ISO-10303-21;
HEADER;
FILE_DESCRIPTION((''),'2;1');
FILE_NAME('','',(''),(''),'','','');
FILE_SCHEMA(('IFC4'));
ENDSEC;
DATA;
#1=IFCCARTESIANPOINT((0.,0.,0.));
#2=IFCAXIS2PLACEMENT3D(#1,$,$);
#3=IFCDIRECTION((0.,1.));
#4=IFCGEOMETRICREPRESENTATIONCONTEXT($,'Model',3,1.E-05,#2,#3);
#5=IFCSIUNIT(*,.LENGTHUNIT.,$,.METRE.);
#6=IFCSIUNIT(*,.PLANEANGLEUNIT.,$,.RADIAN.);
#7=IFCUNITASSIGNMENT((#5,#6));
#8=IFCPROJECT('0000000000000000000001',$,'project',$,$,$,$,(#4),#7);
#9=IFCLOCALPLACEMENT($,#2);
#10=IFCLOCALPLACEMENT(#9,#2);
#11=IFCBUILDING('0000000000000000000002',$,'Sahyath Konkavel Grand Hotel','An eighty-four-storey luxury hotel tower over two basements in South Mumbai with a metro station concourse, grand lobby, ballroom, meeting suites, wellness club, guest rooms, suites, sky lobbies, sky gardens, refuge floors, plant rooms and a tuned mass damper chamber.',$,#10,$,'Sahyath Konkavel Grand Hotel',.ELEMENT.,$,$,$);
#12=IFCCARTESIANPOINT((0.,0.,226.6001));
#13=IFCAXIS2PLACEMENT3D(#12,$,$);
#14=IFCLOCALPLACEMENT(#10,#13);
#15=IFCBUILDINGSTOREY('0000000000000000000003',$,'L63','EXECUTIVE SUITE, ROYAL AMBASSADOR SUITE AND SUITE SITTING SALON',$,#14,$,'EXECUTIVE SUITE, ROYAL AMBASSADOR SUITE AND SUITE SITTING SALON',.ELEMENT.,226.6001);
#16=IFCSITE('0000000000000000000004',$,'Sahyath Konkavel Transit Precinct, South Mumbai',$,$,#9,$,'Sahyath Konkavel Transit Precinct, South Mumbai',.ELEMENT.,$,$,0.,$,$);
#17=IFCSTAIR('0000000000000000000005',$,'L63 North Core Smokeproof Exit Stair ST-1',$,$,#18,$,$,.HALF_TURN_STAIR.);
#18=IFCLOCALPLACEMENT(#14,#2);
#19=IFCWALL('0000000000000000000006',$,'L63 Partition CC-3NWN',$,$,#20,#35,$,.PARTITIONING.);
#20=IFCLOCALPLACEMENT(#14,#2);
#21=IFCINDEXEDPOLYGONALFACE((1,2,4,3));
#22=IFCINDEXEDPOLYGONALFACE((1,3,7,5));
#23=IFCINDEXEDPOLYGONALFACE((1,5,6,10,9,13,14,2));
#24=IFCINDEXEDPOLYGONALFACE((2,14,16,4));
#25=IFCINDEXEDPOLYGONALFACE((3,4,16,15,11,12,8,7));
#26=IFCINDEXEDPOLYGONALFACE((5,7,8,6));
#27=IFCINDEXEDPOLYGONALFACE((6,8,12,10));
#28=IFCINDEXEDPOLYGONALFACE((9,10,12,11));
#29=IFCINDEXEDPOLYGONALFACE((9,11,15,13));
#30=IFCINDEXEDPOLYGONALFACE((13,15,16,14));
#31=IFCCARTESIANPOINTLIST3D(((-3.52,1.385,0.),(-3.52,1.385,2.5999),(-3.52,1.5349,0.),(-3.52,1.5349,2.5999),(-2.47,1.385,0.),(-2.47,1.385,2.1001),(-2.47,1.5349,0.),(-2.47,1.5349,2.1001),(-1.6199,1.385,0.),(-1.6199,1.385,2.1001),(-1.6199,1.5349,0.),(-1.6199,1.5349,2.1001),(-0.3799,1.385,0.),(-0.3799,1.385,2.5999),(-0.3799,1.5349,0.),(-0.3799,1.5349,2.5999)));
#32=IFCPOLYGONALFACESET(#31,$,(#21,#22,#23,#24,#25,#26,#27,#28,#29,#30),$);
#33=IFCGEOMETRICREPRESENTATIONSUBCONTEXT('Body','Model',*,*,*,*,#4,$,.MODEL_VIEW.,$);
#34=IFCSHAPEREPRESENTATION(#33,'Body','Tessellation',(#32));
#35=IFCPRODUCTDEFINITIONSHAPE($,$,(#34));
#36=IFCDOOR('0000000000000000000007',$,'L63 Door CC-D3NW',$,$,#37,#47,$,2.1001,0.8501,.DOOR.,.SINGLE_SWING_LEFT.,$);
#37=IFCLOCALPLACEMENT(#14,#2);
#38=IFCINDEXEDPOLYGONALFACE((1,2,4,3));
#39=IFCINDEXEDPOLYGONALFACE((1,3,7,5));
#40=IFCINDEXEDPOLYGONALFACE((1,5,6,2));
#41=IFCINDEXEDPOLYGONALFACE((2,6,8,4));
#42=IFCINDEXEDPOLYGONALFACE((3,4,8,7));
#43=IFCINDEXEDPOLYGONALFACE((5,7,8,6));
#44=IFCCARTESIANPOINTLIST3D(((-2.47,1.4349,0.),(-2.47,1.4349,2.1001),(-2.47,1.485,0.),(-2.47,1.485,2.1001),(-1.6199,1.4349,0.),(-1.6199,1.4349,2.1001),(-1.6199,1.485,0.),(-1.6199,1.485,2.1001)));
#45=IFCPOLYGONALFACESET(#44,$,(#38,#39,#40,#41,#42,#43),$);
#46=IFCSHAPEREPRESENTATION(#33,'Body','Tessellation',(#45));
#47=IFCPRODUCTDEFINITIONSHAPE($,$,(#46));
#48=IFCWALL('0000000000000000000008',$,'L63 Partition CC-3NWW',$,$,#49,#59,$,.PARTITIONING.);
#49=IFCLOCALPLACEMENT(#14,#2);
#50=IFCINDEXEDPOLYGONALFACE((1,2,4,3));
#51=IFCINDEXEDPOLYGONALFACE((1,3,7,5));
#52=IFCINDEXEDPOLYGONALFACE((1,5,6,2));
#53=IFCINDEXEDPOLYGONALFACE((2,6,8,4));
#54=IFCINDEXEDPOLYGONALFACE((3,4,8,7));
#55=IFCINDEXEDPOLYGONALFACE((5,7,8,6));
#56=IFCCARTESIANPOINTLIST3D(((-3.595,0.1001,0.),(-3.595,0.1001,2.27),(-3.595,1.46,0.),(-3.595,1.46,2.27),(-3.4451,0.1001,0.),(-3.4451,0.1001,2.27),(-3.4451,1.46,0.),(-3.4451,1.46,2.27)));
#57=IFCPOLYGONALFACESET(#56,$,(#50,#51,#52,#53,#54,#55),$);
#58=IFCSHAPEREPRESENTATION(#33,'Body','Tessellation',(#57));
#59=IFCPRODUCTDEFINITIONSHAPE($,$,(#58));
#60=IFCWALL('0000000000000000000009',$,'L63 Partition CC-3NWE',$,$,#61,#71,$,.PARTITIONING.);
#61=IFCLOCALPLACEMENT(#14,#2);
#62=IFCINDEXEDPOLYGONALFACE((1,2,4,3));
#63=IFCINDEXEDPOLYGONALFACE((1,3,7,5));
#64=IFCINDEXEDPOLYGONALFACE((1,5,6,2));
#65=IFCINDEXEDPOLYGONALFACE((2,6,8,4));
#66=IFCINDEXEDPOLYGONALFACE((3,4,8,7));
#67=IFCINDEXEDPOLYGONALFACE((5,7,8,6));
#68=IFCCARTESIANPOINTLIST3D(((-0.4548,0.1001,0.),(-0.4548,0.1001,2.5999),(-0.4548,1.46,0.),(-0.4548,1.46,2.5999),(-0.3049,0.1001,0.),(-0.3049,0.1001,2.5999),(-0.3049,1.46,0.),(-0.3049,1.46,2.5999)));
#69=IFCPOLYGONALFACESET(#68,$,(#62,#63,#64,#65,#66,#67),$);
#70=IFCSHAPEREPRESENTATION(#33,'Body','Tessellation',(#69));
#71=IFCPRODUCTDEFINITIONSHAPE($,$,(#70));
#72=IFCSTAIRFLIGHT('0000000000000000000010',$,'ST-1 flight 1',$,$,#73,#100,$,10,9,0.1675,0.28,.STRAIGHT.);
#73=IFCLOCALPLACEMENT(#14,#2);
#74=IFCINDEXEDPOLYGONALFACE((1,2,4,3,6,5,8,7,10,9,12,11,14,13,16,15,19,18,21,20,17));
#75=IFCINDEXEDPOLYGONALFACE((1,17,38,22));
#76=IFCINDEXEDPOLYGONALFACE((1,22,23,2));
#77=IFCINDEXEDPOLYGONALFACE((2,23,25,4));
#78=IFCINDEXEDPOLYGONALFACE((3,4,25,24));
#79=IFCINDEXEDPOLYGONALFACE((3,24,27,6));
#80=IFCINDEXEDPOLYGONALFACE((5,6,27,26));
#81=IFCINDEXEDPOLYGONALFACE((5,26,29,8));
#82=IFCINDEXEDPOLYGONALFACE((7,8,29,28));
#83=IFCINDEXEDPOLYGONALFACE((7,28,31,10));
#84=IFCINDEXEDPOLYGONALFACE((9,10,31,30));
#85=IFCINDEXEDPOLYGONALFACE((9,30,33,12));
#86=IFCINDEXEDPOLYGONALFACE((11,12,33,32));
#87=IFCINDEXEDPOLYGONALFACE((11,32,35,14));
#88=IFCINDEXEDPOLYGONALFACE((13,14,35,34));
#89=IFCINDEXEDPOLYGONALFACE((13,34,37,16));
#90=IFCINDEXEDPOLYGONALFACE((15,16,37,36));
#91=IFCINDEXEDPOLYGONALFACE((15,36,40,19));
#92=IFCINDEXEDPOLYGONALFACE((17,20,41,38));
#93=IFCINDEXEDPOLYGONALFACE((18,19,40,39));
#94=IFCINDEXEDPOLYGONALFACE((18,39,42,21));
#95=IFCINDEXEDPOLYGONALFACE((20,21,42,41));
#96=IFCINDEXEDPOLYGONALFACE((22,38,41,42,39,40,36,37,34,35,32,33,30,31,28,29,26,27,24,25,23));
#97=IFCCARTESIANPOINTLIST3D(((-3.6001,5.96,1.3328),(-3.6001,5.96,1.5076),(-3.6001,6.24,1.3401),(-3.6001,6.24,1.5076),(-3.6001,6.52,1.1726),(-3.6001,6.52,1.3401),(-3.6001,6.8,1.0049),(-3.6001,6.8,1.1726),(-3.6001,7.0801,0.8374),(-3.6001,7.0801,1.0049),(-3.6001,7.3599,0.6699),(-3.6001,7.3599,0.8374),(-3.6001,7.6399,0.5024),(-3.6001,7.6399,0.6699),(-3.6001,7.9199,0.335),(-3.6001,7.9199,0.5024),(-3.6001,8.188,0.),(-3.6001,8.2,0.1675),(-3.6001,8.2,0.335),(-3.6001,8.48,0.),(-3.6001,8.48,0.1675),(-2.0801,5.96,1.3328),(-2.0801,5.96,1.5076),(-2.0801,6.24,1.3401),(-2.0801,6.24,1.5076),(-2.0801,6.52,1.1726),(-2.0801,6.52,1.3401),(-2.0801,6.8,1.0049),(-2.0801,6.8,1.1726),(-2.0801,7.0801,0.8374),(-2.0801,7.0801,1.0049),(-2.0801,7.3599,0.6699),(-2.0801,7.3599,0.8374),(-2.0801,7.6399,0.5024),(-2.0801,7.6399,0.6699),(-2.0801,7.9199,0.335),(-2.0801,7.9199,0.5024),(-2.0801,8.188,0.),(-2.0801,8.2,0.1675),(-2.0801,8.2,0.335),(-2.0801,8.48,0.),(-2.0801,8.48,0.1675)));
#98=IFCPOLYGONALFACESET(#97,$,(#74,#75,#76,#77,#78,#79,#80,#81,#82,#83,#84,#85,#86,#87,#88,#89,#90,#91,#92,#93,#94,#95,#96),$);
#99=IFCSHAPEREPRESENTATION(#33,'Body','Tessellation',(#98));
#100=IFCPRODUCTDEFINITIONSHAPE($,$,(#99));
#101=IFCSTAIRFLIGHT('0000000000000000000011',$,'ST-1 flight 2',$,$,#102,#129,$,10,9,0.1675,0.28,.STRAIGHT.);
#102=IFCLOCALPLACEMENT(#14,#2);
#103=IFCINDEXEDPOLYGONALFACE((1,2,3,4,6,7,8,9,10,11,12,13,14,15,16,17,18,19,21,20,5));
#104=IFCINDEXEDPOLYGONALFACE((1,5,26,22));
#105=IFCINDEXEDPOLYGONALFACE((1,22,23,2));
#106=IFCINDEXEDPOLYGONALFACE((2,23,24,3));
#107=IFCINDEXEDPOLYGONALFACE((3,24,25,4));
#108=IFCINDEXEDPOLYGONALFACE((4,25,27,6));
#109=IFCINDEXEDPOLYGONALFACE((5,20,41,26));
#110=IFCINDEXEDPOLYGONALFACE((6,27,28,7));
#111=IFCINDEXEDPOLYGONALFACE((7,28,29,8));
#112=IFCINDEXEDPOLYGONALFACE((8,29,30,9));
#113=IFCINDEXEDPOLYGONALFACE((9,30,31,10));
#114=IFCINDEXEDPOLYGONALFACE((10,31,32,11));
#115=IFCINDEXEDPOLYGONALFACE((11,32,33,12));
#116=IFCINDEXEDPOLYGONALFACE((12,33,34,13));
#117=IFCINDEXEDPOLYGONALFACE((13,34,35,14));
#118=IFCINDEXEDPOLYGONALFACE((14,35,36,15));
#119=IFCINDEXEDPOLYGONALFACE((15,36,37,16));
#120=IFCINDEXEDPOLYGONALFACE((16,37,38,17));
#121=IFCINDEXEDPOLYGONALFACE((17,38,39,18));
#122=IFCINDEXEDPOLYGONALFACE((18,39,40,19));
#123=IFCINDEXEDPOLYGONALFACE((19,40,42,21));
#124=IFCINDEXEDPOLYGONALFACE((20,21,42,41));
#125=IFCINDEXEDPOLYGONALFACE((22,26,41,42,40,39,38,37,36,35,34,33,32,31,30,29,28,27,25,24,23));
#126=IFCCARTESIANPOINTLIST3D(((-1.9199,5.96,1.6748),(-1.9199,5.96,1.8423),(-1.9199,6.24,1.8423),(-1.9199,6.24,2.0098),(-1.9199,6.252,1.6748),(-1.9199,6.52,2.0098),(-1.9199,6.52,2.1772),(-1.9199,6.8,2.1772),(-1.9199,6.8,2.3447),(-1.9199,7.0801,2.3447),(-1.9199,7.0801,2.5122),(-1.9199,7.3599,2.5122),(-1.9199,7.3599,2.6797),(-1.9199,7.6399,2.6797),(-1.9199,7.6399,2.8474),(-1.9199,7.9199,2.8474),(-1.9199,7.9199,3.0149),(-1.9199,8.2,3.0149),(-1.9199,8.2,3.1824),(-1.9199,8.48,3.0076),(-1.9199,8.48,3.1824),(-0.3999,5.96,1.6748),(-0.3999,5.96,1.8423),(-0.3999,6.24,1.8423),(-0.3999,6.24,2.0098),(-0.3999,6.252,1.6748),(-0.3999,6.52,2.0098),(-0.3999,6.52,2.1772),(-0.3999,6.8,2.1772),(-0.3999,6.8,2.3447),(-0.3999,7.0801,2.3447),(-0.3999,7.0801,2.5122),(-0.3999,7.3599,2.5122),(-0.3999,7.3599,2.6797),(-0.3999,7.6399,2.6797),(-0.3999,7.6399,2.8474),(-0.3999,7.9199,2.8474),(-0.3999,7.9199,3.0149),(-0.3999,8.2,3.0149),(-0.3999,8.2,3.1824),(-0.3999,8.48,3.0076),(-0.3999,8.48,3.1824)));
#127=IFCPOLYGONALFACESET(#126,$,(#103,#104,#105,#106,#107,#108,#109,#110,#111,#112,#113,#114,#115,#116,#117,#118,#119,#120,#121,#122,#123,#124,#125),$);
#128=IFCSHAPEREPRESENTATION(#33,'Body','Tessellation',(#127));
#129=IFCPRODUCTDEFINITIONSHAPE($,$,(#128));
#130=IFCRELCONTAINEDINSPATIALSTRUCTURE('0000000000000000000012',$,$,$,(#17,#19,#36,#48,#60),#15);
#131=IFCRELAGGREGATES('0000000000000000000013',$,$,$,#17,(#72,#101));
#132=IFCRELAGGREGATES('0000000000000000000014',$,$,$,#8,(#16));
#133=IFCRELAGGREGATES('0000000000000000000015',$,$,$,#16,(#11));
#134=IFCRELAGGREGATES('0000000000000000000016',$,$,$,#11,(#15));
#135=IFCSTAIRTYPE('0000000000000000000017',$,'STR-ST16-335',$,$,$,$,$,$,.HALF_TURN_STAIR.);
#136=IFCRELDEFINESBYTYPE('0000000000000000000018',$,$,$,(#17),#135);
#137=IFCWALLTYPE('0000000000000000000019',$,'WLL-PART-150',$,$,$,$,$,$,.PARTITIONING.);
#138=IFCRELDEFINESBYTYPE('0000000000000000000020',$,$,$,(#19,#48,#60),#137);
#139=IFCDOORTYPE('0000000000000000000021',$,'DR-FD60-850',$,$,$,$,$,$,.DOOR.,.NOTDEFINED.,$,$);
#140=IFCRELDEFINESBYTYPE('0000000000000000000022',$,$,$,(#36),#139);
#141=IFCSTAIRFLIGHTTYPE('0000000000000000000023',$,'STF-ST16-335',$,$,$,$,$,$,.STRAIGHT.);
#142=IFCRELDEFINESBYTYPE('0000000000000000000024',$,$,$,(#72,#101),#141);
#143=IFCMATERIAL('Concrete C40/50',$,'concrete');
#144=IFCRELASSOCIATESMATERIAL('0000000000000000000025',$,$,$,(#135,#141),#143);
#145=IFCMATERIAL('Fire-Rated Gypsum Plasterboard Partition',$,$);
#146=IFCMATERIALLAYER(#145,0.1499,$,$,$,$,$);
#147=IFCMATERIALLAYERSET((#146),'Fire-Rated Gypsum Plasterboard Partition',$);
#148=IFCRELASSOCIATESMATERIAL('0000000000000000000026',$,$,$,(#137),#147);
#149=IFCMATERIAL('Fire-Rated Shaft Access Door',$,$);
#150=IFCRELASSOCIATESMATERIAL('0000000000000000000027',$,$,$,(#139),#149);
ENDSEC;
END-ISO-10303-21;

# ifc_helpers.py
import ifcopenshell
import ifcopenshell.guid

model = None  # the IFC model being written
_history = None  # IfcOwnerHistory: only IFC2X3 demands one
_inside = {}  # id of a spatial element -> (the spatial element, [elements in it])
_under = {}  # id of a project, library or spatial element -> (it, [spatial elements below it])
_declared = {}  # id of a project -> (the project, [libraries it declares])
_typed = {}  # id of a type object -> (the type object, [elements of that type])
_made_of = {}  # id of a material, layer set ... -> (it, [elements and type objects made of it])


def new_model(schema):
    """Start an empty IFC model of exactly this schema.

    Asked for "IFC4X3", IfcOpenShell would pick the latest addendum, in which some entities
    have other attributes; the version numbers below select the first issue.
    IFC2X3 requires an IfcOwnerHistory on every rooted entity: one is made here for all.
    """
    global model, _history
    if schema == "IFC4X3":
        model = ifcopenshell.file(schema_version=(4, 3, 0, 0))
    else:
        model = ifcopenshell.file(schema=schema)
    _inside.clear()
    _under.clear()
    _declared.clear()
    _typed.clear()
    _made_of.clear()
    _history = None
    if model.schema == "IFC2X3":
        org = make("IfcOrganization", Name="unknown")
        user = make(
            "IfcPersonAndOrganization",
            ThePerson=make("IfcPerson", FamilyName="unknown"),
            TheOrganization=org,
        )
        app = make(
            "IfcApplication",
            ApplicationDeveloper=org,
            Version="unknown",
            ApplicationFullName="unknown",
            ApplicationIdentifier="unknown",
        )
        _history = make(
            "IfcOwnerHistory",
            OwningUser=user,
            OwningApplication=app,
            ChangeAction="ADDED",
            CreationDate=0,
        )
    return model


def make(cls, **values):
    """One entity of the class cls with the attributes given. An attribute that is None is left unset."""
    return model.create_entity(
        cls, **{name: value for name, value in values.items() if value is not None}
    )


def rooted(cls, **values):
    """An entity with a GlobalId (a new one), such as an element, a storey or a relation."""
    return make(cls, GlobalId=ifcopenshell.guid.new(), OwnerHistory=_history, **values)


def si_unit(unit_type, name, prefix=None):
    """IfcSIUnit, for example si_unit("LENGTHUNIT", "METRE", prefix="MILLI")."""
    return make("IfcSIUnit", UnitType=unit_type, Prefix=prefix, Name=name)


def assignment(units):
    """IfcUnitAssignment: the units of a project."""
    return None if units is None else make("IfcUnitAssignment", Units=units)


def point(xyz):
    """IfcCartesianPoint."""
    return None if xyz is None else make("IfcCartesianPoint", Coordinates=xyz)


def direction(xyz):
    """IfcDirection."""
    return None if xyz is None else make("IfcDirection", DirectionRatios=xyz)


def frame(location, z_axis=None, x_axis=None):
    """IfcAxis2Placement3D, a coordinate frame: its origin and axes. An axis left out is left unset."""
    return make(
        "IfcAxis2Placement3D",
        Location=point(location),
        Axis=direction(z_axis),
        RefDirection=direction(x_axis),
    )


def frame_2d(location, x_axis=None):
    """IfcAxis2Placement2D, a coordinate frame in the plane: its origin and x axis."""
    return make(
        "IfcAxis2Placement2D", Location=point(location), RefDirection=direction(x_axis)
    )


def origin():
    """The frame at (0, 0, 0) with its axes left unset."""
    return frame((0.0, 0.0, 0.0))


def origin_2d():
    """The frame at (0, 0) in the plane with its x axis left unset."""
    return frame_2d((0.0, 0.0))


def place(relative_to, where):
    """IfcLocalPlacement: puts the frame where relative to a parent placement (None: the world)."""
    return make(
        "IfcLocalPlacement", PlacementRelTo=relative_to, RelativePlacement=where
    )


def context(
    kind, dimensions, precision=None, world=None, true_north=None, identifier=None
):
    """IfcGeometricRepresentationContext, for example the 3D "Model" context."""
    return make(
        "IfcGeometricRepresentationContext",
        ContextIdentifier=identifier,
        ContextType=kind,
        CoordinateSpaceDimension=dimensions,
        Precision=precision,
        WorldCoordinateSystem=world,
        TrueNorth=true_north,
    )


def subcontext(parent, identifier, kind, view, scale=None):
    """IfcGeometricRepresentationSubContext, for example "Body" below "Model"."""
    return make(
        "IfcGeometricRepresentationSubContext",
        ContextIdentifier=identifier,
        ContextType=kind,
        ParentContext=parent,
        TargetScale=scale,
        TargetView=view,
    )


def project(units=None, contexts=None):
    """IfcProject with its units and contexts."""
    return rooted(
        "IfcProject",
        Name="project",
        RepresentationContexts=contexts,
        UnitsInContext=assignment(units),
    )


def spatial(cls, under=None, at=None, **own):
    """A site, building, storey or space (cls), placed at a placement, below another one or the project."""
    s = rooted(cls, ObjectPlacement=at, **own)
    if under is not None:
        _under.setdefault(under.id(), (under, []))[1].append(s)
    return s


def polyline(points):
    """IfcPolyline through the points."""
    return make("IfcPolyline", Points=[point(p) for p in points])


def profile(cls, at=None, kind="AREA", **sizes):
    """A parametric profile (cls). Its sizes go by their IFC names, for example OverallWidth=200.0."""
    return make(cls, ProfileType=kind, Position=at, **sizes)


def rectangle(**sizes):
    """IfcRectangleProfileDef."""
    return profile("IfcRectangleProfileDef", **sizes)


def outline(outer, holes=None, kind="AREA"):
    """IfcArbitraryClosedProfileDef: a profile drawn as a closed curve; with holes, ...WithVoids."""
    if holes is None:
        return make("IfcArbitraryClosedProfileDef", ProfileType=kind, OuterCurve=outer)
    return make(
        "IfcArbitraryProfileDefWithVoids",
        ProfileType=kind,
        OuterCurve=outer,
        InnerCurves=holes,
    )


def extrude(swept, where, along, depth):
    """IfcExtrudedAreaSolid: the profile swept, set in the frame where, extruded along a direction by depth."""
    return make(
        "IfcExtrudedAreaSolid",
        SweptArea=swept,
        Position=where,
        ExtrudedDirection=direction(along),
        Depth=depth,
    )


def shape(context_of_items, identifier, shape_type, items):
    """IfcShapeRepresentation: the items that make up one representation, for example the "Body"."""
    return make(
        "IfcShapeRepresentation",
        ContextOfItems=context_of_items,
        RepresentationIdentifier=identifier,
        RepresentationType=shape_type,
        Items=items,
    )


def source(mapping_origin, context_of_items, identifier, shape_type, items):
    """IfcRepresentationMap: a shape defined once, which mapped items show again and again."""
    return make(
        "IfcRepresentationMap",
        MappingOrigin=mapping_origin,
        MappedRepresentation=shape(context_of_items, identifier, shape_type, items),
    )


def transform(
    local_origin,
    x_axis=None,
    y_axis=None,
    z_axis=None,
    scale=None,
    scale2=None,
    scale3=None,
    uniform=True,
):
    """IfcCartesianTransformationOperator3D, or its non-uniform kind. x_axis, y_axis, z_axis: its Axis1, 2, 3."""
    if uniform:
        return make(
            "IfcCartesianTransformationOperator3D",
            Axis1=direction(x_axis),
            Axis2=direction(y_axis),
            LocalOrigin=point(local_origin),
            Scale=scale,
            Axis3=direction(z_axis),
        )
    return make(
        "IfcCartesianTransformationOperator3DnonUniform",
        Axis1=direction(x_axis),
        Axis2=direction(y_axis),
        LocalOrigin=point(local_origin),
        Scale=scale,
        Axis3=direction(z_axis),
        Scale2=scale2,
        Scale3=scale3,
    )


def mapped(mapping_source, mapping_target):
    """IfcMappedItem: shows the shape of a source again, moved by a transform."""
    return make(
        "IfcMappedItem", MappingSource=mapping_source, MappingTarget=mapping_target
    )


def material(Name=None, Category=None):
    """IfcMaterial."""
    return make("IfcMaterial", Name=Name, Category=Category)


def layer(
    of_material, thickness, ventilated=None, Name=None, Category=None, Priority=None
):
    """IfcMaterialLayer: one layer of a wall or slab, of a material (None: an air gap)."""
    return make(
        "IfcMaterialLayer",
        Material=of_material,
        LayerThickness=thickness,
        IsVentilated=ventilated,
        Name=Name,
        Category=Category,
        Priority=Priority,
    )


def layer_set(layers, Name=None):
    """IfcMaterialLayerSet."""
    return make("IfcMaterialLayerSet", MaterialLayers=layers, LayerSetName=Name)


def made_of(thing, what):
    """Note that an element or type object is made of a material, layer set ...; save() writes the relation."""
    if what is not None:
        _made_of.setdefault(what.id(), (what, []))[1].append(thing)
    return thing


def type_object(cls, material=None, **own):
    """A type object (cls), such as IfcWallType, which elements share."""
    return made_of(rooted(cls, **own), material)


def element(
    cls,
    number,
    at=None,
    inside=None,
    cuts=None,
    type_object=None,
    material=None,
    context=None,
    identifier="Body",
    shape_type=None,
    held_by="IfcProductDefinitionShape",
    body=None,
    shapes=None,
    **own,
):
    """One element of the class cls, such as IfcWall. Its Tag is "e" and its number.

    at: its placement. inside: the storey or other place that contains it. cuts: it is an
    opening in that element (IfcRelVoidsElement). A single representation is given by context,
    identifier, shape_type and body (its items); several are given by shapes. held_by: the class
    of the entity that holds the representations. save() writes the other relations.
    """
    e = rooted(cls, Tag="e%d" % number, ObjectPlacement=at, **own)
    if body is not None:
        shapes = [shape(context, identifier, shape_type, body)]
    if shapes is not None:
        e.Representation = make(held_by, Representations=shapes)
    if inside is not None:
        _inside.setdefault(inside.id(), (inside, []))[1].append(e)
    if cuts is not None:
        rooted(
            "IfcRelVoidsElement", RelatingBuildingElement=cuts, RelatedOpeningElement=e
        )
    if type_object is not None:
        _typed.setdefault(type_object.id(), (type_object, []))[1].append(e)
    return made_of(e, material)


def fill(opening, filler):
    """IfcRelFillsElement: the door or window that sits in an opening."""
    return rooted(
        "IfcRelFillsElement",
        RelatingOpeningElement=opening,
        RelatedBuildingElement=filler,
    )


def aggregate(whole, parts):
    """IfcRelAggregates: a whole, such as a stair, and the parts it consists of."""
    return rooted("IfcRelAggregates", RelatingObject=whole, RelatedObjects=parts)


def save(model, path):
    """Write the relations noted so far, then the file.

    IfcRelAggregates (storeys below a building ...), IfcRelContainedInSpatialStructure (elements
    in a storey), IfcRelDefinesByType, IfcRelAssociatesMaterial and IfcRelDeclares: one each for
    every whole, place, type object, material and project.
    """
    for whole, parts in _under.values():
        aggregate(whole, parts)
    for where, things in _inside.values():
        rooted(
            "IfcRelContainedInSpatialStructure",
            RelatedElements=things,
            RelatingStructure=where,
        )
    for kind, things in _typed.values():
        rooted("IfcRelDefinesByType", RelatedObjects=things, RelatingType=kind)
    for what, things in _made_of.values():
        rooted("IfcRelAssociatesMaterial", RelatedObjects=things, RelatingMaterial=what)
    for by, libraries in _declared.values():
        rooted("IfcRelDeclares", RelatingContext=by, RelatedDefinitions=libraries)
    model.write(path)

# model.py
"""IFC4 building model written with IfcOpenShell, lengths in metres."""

from ifc_helpers import new_model, si_unit, direction, frame, frame_2d, origin, origin_2d, place, context, subcontext, project, spatial, polyline, rectangle, outline, extrude, source, transform, mapped, material, layer, layer_set, type_object, element, fill, aggregate, save


model = new_model("IFC4")

# Units and contexts
model_context = context("Model", 3, precision=1e-05, world=origin(), true_north=direction((0.0, 1.0)))
body_context = subcontext(model_context, "Body", "Model", "MODEL_VIEW")
ifc_project = project(units=[si_unit("LENGTHUNIT", "METRE"), si_unit("PLANEANGLEUNIT", "RADIAN")], contexts=[model_context])

# Site, building, storey
site_placement = place(None, origin())
site = spatial("IfcSite", under=ifc_project, at=site_placement, Name="Sahyath Konkavel Transit Precinct, South Mumbai", LongName="Sahyath Konkavel Transit Precinct, South Mumbai", CompositionType="ELEMENT", RefElevation=0.0)
building_placement = place(site_placement, origin())
building = spatial("IfcBuilding", under=site, at=building_placement, Name="Sahyath Konkavel Grand Hotel", Description="An eighty-four-storey luxury hotel tower over two basements in South Mumbai with a metro station concourse, grand lobby, ballroom, meeting suites, wellness club, guest rooms, suites, sky lobbies, sky gardens, refuge floors, plant rooms and a tuned mass damper chamber.", LongName="Sahyath Konkavel Grand Hotel", CompositionType="ELEMENT")
storey_placement = place(building_placement, frame((0.0, 0.0, 226.6001)))
storey = spatial("IfcBuildingStorey", under=building, at=storey_placement, Name="L63", Description="EXECUTIVE SUITE, ROYAL AMBASSADOR SUITE AND SUITE SITTING SALON", LongName="EXECUTIVE SUITE, ROYAL AMBASSADOR SUITE AND SUITE SITTING SALON", CompositionType="ELEMENT", Elevation=226.6001)

# Shared definitions
ifc_material_1 = material(Name="Concrete C40/50", Category="concrete")

# Stair
stair_type = type_object("IfcStairType", Name="STR-ST16-335", PredefinedType="HALF_TURN_STAIR", material=ifc_material_1)
stair_1_placement = place(storey_placement, origin())
stair_1 = element("IfcStair", 1, at=stair_1_placement, inside=storey, type_object=stair_type, Name="L63 North Core Smokeproof Exit Stair ST-1", PredefinedType="HALF_TURN_STAIR")

# Shared definitions
ifc_material_2 = material(Name="Fire-Rated Gypsum Plasterboard Partition")
ifc_layer_1 = layer(ifc_material_2, 0.1499)
ifc_layer_set_1 = layer_set([ifc_layer_1], Name="Fire-Rated Gypsum Plasterboard Partition")
wall_type_1 = type_object("IfcWallType", Name="WLL-PART-150", PredefinedType="PARTITIONING", material=ifc_layer_set_1)

# Wall, opening, door
wall_1_placement = place(storey_placement, frame((-3.52, 1.46, 0.0), z_axis=(0.0, 0.0, 1.0), x_axis=(1.0, 0.0, 0.0)))
wall_1 = element("IfcWall", 2, at=wall_1_placement, inside=storey, type_object=wall_type_1, Name="L63 Partition CC-3NWN", PredefinedType="PARTITIONING", context=body_context, shape_type="SweptSolid", body=[
    extrude(rectangle(XDim=3.1401, YDim=0.1499, at=frame_2d((1.5701, 0.0))), origin(), (0.0, 0.0, 1.0), 2.5999),
])
opening_1_placement = place(wall_1_placement, frame((1.05, 0.0, 0.0)))
opening_1 = element("IfcOpeningElement", 3, at=opening_1_placement, cuts=wall_1, PredefinedType="OPENING", context=body_context, shape_type="SweptSolid", body=[
    extrude(rectangle(XDim=0.8501, YDim=2.1001, at=frame_2d((0.425, 1.05))), frame((0.0, 0.085, 0.0), z_axis=(0.0, -1.0, 0.0), x_axis=(1.0, 0.0, 0.0)), (0.0, 0.0, 1.0), 0.1699),
])
ifc_material_3 = material(Name="Fire-Rated Shaft Access Door")
door_type_1 = type_object("IfcDoorType", Name="DR-FD60-850", OperationType="NOTDEFINED", PredefinedType="DOOR", material=ifc_material_3)
shared_shape_1 = source(origin(), body_context, "Body", "SweptSolid", [
    extrude(rectangle(XDim=0.8501, YDim=0.05, at=origin_2d()), origin(), (0.0, 0.0, 1.0), 2.1001),
])
door_1_placement = place(opening_1_placement, frame((0.425, 0.0, 0.0)))
door_1 = element("IfcDoor", 4, at=door_1_placement, inside=storey, type_object=door_type_1, Name="L63 Door CC-D3NW", OperationType="SINGLE_SWING_LEFT", OverallHeight=2.1001, OverallWidth=0.8501, PredefinedType="DOOR", context=body_context, shape_type="MappedRepresentation", body=[
    mapped(shared_shape_1, transform((0.0, 0.0, 0.0), scale=1.0)),
])
fill(opening_1, door_1)

# Walls
wall_2_placement = place(storey_placement, frame((-3.52, 0.1001, 0.0), z_axis=(0.0, 0.0, 1.0), x_axis=(0.0, 1.0, 0.0)))
element("IfcWall", 5, at=wall_2_placement, inside=storey, type_object=wall_type_1, Name="L63 Partition CC-3NWW", PredefinedType="PARTITIONING", context=body_context, shape_type="SweptSolid", body=[
    extrude(rectangle(XDim=1.3599, YDim=0.1499, at=frame_2d((0.6799, 0.0))), origin(), (0.0, 0.0, 1.0), 2.27),
])
wall_3_placement = place(storey_placement, frame((-0.3799, 0.1001, 0.0), z_axis=(0.0, 0.0, 1.0), x_axis=(0.0, 1.0, 0.0)))
element("IfcWall", 6, at=wall_3_placement, inside=storey, type_object=wall_type_1, Name="L63 Partition CC-3NWE", PredefinedType="PARTITIONING", context=body_context, shape_type="SweptSolid", body=[
    extrude(rectangle(XDim=1.3599, YDim=0.1499, at=frame_2d((0.6799, 0.0))), origin(), (0.0, 0.0, 1.0), 2.5999),
])

# Stair flights
stair_flight_type = type_object("IfcStairFlightType", Name="STF-ST16-335", PredefinedType="STRAIGHT", material=ifc_material_1)
stair_flight_1_placement = place(storey_placement, frame((-2.8401, 8.48, 0.0), z_axis=(0.0, 0.0, 1.0), x_axis=(0.0, -1.0, 0.0)))
stair_flight_1 = element("IfcStairFlight", 7, at=stair_flight_1_placement, type_object=stair_flight_type, Name="ST-1 flight 1", NumberOfRisers=10, NumberOfTreads=9, PredefinedType="STRAIGHT", RiserHeight=0.1675, TreadLength=0.28, context=body_context, shape_type="SweptSolid", body=[
    extrude(outline(polyline([(0.0, 0.0), (0.0, 0.1675), (0.28, 0.1675), (0.28, 0.335), (0.5601, 0.335), (0.5601, 0.5024), (0.8401, 0.5024), (0.8401, 0.6699), (1.1201, 0.6699), (1.1201, 0.8374), (1.3999, 0.8374), (1.3999, 1.0049), (1.6799, 1.0049), (1.6799, 1.1726), (1.96, 1.1726), (1.96, 1.3401), (2.24, 1.3401), (2.24, 1.5076), (2.52, 1.5076), (2.52, 1.675), (2.52, 1.3328), (0.292, 0.0), (0.0, 0.0)])), frame((0.0, 0.76, 0.0), z_axis=(0.0, -1.0, 0.0), x_axis=(1.0, 0.0, 0.0)), (0.0, 0.0, 1.0), 1.52),
])
stair_flight_2_placement = place(storey_placement, frame((-1.1599, 5.96, 1.6748), z_axis=(0.0, 0.0, 1.0), x_axis=(0.0, 1.0, 0.0)))
stair_flight_2 = element("IfcStairFlight", 8, at=stair_flight_2_placement, type_object=stair_flight_type, Name="ST-1 flight 2", NumberOfRisers=10, NumberOfTreads=9, PredefinedType="STRAIGHT", RiserHeight=0.1675, TreadLength=0.28, context=body_context, shape_type="SweptSolid", body=[
    extrude(outline(polyline([(0.0, 0.0), (0.0, 0.1675), (0.28, 0.1675), (0.28, 0.335), (0.5601, 0.335), (0.5601, 0.5024), (0.8401, 0.5024), (0.8401, 0.6699), (1.1201, 0.6699), (1.1201, 0.8374), (1.3999, 0.8374), (1.3999, 1.0049), (1.6799, 1.0049), (1.6799, 1.1726), (1.96, 1.1726), (1.96, 1.3401), (2.24, 1.3401), (2.24, 1.5076), (2.52, 1.5076), (2.52, 1.675), (2.52, 1.3328), (0.292, 0.0), (0.0, 0.0)])), frame((0.0, 0.76, 0.0), z_axis=(0.0, -1.0, 0.0), x_axis=(1.0, 0.0, 0.0)), (0.0, 0.0, 1.0), 1.52),
])
aggregate(stair_1, [stair_flight_1, stair_flight_2])

save(model, "model.ifc")
